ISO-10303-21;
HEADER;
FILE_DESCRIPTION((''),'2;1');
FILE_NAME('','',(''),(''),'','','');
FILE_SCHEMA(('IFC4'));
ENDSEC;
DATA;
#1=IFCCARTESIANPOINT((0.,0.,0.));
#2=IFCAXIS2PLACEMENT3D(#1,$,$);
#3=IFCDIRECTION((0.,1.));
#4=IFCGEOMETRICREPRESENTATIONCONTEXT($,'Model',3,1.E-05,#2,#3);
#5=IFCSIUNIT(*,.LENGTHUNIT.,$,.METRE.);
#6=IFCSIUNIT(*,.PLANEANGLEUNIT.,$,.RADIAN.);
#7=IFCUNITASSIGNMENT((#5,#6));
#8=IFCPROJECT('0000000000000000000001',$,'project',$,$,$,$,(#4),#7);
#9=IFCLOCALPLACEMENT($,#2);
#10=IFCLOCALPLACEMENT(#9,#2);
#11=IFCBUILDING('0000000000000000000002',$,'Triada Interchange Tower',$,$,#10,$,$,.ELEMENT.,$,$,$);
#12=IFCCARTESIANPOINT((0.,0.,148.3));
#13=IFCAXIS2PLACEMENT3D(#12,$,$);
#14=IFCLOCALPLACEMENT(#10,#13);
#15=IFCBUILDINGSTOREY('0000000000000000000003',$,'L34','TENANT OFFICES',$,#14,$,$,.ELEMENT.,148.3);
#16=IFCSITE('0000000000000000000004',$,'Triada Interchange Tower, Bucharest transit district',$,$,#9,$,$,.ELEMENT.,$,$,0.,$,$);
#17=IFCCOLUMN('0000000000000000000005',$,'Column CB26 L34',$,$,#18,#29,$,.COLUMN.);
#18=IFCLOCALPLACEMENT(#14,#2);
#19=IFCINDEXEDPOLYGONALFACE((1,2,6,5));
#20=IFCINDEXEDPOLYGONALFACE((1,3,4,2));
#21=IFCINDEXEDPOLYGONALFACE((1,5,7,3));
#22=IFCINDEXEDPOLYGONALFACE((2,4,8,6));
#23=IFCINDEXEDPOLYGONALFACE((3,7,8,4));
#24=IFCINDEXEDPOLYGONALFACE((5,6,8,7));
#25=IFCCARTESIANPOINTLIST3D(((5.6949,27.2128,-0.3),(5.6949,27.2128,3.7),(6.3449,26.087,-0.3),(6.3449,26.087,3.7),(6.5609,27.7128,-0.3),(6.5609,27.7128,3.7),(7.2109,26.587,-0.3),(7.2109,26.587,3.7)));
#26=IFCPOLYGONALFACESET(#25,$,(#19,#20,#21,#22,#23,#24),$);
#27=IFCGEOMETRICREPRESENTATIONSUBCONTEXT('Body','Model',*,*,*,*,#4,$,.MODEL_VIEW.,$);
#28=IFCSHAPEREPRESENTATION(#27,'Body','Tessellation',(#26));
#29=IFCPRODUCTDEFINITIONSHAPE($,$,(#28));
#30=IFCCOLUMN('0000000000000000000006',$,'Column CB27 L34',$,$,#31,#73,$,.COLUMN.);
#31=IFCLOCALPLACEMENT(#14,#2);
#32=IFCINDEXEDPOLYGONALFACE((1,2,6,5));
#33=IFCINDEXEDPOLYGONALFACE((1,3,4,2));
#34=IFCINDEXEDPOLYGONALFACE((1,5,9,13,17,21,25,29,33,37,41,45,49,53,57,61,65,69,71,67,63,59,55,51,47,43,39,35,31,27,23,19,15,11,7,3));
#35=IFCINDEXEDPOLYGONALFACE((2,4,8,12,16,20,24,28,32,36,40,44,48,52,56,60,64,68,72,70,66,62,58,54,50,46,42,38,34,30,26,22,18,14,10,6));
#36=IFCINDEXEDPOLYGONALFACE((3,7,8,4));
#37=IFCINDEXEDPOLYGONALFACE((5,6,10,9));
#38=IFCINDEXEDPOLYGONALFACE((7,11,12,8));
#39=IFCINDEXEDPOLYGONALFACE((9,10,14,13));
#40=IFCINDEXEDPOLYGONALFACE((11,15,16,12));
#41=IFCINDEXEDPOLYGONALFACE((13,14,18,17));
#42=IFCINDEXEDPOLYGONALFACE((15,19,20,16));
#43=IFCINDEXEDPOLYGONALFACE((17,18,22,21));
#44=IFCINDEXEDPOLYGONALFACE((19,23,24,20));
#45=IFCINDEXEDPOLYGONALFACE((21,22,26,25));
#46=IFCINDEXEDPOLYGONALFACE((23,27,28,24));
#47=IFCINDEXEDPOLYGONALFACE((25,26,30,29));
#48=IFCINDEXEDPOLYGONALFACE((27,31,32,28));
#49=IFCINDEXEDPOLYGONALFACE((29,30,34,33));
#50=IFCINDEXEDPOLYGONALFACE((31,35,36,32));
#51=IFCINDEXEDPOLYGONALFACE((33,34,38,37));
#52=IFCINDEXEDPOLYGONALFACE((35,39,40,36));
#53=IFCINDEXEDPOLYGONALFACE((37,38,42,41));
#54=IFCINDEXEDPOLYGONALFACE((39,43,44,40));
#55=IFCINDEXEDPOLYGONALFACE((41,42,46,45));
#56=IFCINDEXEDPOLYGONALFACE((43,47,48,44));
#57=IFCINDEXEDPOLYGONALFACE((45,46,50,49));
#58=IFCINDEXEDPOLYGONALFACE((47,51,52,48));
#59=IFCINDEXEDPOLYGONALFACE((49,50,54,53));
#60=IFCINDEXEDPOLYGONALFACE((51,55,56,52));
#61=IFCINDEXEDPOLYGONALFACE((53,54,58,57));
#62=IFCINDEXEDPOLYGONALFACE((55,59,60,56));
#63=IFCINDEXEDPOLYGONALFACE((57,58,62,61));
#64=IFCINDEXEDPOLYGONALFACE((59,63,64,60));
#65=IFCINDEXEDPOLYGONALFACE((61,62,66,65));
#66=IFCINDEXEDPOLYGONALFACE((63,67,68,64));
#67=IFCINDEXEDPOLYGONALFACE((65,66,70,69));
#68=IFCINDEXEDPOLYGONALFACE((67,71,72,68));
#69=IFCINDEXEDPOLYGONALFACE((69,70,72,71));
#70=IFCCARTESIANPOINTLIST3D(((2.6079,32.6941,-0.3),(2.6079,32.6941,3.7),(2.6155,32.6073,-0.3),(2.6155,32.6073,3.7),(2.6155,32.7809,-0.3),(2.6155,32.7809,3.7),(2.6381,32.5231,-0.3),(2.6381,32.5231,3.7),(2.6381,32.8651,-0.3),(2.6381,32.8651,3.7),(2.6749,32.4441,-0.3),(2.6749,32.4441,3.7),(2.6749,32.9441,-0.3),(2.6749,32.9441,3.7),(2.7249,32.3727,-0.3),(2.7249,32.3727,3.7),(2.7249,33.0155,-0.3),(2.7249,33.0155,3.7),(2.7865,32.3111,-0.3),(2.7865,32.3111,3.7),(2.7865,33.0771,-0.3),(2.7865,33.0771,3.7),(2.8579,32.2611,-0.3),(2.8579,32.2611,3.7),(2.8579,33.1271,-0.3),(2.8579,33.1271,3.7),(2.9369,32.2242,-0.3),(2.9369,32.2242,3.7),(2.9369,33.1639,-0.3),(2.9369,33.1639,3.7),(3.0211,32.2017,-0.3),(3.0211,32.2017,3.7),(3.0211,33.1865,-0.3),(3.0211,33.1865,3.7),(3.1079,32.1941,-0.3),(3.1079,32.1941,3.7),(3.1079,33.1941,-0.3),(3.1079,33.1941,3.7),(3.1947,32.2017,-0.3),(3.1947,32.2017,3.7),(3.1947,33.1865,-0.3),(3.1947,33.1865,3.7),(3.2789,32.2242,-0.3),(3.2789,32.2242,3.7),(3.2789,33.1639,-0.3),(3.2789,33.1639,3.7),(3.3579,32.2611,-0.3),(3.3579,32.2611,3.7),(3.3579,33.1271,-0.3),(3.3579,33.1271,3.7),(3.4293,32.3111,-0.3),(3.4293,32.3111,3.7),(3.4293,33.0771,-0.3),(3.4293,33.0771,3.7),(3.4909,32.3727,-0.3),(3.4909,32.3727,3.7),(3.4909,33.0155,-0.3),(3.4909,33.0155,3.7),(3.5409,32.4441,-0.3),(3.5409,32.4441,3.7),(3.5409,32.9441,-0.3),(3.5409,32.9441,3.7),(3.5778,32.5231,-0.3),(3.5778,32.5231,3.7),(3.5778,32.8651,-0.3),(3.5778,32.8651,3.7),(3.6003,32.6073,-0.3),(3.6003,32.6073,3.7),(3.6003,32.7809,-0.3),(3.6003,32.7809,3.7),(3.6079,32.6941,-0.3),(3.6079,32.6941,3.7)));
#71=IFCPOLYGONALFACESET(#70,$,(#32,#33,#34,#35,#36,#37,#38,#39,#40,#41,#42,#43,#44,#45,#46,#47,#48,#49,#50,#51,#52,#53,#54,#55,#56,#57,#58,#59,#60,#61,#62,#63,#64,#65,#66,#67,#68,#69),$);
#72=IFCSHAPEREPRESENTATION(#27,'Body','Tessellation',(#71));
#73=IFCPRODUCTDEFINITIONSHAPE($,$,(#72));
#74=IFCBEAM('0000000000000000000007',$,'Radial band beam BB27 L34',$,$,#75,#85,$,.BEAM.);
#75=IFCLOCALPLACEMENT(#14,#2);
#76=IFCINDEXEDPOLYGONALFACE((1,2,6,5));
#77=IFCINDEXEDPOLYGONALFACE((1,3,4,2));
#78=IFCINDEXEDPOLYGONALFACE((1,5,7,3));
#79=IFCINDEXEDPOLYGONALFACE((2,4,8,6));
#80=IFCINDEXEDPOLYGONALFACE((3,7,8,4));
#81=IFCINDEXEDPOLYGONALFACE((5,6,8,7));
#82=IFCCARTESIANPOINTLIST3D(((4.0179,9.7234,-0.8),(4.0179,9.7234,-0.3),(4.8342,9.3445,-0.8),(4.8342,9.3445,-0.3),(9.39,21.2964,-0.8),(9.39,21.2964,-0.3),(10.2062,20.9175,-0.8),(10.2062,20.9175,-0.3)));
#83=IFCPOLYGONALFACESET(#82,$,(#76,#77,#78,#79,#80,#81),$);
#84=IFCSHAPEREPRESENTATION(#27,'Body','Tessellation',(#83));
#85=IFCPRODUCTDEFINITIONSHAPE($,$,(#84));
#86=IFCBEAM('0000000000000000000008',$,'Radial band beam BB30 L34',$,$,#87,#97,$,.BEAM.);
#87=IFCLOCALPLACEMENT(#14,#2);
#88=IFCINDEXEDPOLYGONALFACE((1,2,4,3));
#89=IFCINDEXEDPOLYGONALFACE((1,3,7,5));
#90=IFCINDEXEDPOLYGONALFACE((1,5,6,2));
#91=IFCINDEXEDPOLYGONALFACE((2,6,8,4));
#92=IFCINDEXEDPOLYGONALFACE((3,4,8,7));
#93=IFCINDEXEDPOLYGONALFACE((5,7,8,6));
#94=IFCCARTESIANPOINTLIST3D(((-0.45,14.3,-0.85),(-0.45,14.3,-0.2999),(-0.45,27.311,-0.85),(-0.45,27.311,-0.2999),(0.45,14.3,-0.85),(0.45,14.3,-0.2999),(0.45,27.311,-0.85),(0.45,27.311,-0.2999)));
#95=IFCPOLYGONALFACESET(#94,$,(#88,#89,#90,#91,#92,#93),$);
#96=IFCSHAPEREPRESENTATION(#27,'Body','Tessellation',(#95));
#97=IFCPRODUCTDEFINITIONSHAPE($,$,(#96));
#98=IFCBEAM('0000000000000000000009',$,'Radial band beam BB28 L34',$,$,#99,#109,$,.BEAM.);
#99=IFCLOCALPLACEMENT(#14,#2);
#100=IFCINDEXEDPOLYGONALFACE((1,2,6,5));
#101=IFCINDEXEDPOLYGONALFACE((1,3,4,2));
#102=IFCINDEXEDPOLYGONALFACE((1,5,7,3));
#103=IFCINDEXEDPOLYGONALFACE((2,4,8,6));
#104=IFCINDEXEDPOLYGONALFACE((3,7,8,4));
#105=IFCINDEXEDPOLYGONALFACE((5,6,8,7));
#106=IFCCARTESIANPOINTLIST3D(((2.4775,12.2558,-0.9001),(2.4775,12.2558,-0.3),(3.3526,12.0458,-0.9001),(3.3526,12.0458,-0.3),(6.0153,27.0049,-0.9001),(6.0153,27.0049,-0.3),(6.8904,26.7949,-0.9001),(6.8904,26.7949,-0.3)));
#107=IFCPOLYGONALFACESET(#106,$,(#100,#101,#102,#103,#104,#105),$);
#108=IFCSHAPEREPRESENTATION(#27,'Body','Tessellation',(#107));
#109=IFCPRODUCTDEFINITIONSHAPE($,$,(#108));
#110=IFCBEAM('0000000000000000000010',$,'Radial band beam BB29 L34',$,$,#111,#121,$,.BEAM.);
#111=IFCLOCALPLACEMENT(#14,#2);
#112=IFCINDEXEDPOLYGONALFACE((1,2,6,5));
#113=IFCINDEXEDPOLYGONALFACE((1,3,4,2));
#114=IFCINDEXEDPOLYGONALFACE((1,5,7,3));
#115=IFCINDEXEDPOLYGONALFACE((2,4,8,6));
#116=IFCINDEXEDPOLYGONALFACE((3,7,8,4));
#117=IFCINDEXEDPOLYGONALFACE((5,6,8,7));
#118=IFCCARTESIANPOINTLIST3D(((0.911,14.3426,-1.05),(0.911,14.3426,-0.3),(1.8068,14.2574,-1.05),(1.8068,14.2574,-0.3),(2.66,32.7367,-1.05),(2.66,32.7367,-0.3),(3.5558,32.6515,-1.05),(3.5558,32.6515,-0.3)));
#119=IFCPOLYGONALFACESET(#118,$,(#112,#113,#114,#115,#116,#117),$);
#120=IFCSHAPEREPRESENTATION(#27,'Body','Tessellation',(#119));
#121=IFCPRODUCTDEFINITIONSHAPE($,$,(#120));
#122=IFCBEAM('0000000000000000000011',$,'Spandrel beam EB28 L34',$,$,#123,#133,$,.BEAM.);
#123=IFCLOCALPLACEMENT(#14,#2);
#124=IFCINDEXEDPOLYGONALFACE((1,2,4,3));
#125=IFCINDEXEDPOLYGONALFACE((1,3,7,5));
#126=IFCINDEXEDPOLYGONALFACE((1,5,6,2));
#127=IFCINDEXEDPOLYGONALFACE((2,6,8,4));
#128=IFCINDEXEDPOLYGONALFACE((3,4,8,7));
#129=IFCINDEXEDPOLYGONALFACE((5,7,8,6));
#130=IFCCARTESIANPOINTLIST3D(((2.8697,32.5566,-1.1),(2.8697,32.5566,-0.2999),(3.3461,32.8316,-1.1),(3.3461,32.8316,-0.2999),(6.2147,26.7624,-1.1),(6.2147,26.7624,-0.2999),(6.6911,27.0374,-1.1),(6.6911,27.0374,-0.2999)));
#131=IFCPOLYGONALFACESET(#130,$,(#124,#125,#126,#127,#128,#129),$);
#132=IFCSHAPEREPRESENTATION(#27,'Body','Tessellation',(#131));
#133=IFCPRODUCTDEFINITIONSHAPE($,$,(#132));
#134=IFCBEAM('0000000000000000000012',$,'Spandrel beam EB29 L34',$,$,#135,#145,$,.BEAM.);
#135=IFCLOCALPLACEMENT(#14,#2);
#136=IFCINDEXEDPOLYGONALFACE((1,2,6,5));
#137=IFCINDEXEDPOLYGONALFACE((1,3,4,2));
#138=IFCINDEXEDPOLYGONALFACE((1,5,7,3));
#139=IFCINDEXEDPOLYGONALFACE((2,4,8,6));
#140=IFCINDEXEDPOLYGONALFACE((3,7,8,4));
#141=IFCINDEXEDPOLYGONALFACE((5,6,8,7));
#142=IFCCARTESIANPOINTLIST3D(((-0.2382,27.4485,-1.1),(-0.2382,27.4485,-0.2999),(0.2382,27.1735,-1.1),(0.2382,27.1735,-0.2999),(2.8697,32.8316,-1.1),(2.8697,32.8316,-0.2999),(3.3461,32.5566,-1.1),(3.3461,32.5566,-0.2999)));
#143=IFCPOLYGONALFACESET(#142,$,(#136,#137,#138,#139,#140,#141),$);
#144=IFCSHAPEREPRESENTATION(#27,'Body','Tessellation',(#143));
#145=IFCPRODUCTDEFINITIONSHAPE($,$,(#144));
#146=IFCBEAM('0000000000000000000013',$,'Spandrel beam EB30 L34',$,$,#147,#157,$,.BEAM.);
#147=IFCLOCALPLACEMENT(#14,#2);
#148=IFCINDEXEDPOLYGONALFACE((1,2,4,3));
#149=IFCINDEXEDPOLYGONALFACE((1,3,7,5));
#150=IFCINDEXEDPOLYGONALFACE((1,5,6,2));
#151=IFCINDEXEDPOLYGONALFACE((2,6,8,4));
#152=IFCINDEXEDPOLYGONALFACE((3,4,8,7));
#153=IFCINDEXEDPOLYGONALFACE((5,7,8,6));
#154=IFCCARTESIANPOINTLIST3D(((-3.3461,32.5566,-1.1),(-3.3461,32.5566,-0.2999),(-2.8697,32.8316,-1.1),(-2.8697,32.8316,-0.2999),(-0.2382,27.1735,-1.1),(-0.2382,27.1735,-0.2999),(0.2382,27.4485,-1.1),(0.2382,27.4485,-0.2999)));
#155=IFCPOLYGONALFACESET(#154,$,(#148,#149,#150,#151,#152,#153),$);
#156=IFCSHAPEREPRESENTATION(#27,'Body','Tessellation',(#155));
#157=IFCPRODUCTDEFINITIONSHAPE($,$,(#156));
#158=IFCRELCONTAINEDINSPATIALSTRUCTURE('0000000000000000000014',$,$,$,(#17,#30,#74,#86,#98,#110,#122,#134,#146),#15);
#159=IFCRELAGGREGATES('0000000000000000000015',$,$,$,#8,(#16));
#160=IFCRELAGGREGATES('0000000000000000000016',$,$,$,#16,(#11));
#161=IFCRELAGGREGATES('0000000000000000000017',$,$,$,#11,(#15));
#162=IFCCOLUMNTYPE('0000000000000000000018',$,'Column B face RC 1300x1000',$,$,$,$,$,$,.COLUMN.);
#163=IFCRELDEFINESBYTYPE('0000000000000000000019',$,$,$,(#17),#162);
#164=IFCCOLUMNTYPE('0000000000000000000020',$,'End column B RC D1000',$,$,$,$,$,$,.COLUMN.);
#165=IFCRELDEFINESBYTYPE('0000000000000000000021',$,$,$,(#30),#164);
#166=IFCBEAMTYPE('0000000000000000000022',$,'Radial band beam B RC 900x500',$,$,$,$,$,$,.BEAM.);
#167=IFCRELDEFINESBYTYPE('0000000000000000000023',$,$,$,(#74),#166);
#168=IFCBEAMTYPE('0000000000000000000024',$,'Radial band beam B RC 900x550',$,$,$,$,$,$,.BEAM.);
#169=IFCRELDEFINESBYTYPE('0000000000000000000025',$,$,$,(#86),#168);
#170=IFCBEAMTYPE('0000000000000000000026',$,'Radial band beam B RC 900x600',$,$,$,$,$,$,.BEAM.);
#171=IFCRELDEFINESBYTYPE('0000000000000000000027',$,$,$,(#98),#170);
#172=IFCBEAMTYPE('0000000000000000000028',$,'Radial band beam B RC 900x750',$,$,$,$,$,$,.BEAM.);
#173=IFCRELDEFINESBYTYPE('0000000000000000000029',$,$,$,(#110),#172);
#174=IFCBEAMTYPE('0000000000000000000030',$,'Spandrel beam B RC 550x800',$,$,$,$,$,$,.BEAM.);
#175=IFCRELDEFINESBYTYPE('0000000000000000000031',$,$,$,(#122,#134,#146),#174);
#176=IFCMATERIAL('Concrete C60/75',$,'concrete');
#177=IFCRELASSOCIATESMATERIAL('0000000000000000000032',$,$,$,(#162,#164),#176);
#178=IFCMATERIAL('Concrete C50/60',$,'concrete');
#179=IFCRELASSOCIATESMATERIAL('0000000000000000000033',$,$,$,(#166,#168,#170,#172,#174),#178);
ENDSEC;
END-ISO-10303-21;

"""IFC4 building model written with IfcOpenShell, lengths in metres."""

from ifc_helpers import new_model, si_unit, direction, frame, origin, origin_2d, place, context, subcontext, project, spatial, rectangle, circle, extrude, material, material_profile, profile_set, type_object, element, save


model = new_model("IFC4")

# Units and contexts
model_context = context("Model", 3, precision=1e-05, world=origin(), true_north=direction((0.0, 1.0)))
body_context = subcontext(model_context, "Body", "Model", "MODEL_VIEW")
ifc_project = project(units=[si_unit("LENGTHUNIT", "METRE"), si_unit("PLANEANGLEUNIT", "RADIAN")], contexts=[model_context])

# Site, building, storey
site_placement = place(None, origin())
site = spatial("IfcSite", under=ifc_project, at=site_placement, Name="Triada Interchange Tower, Bucharest transit district", CompositionType="ELEMENT", RefElevation=0.0)
building_placement = place(site_placement, origin())
building = spatial("IfcBuilding", under=site, at=building_placement, Name="Triada Interchange Tower", CompositionType="ELEMENT")
storey_placement = place(building_placement, frame((0.0, 0.0, 148.3)))
storey = spatial("IfcBuildingStorey", under=building, at=storey_placement, Name="L34", Description="TENANT OFFICES", CompositionType="ELEMENT", Elevation=148.3)

# Columns
ifc_material_1 = material(Name="Concrete C60/75", Category="concrete")
ifc_material_profile_1 = material_profile(ifc_material_1, rectangle(XDim=1.3, YDim=1.0, at=origin_2d()), Name="RC 1300x1000")
ifc_profile_set_1 = profile_set([ifc_material_profile_1], Name="Concrete C60/75")
column_type_1 = type_object("IfcColumnType", Name="Column B face RC 1300x1000", PredefinedType="COLUMN", material=ifc_profile_set_1)
column_1_placement = place(storey_placement, frame((6.4529, 26.8999, -0.3), z_axis=(0.0, 0.0, 1.0), x_axis=(-0.5, 0.866025, 0.0)))
element("IfcColumn", 1, at=column_1_placement, inside=storey, type_object=column_type_1, Name="Column CB26 L34", PredefinedType="COLUMN", context=body_context, shape_type="SweptSolid", body=[
    extrude(rectangle(XDim=1.3, YDim=1.0, at=origin_2d()), origin(), (0.0, 0.0, 1.0), 4.0),
])
ifc_material_profile_2 = material_profile(ifc_material_1, circle(Radius=0.5, at=origin_2d()), Name="RC D1000")
ifc_profile_set_2 = profile_set([ifc_material_profile_2], Name="Concrete C60/75")
column_type_2 = type_object("IfcColumnType", Name="End column B RC D1000", PredefinedType="COLUMN", material=ifc_profile_set_2)
column_2_placement = place(storey_placement, frame((3.1079, 32.6941, -0.3), z_axis=(0.0, 0.0, 1.0), x_axis=(-0.5, 0.866025, 0.0)))
element("IfcColumn", 2, at=column_2_placement, inside=storey, type_object=column_type_2, Name="Column CB27 L34", PredefinedType="COLUMN", context=body_context, shape_type="SweptSolid", body=[
    extrude(circle(Radius=0.5, at=origin_2d()), origin(), (0.0, 0.0, 1.0), 4.0),
])

# Beams
ifc_material_2 = material(Name="Concrete C50/60", Category="concrete")
ifc_material_profile_3 = material_profile(ifc_material_2, rectangle(XDim=0.8999, YDim=0.5, at=origin_2d()), Name="RC 900x500")
ifc_profile_set_3 = profile_set([ifc_material_profile_3], Name="Concrete C50/60")
beam_type_1 = type_object("IfcBeamType", Name="Radial band beam B RC 900x500", PredefinedType="BEAM", material=ifc_profile_set_3)
beam_1_placement = place(storey_placement, frame((9.7981, 21.1069, -0.55), z_axis=(-0.42104, -0.907042, 0.0), x_axis=(0.907042, -0.42104, 0.0)))
element("IfcBeam", 3, at=beam_1_placement, inside=storey, type_object=beam_type_1, Name="Radial band beam BB27 L34", PredefinedType="BEAM", context=body_context, shape_type="SweptSolid", body=[
    extrude(rectangle(XDim=0.8999, YDim=0.5, at=origin_2d()), origin(), (0.0, 0.0, 1.0), 12.759),
])
ifc_material_profile_4 = material_profile(ifc_material_2, rectangle(XDim=0.8999, YDim=0.55, at=origin_2d()), Name="RC 900x550")
ifc_profile_set_4 = profile_set([ifc_material_profile_4], Name="Concrete C50/60")
beam_type_2 = type_object("IfcBeamType", Name="Radial band beam B RC 900x550", PredefinedType="BEAM", material=ifc_profile_set_4)
beam_2_placement = place(storey_placement, frame((0.0, 27.311, -0.575), z_axis=(0.0, -1.0, 0.0), x_axis=(1.0, 0.0, 0.0)))
element("IfcBeam", 4, at=beam_2_placement, inside=storey, type_object=beam_type_2, Name="Radial band beam BB30 L34", PredefinedType="BEAM", context=body_context, shape_type="SweptSolid", body=[
    extrude(rectangle(XDim=0.8999, YDim=0.55, at=origin_2d()), origin(), (0.0, 0.0, 1.0), 13.011),
])
ifc_material_profile_5 = material_profile(ifc_material_2, rectangle(XDim=0.8999, YDim=0.6001, at=origin_2d()), Name="RC 900x600")
ifc_profile_set_5 = profile_set([ifc_material_profile_5], Name="Concrete C50/60")
beam_type_3 = type_object("IfcBeamType", Name="Radial band beam B RC 900x600", PredefinedType="BEAM", material=ifc_profile_set_5)
beam_3_placement = place(storey_placement, frame((6.4529, 26.8999, -0.6001), z_axis=(-0.233253, -0.972416, 0.0), x_axis=(0.972416, -0.233253, 0.0)))
element("IfcBeam", 5, at=beam_3_placement, inside=storey, type_object=beam_type_3, Name="Radial band beam BB28 L34", PredefinedType="BEAM", context=body_context, shape_type="SweptSolid", body=[
    extrude(rectangle(XDim=0.8999, YDim=0.6001, at=origin_2d()), origin(), (0.0, 0.0, 1.0), 15.1675),
])
ifc_material_profile_6 = material_profile(ifc_material_2, rectangle(XDim=0.8999, YDim=0.75, at=origin_2d()), Name="RC 900x750")
ifc_profile_set_6 = profile_set([ifc_material_profile_6], Name="Concrete C50/60")
beam_type_4 = type_object("IfcBeamType", Name="Radial band beam B RC 900x750", PredefinedType="BEAM", material=ifc_profile_set_6)
beam_4_placement = place(storey_placement, frame((3.1079, 32.6941, -0.675), z_axis=(-0.094659, -0.99551, 0.0), x_axis=(0.99551, -0.094659, 0.0)))
element("IfcBeam", 6, at=beam_4_placement, inside=storey, type_object=beam_type_4, Name="Radial band beam BB29 L34", PredefinedType="BEAM", context=body_context, shape_type="SweptSolid", body=[
    extrude(rectangle(XDim=0.8999, YDim=0.75, at=origin_2d()), origin(), (0.0, 0.0, 1.0), 18.4771),
])
ifc_material_profile_7 = material_profile(ifc_material_2, rectangle(XDim=0.55, YDim=0.8, at=origin_2d()), Name="RC 550x800")
ifc_profile_set_7 = profile_set([ifc_material_profile_7], Name="Concrete C50/60")
beam_type_5 = type_object("IfcBeamType", Name="Spandrel beam B RC 550x800", PredefinedType="BEAM", material=ifc_profile_set_7)
beam_5_placement = place(storey_placement, frame((6.4529, 26.8999, -0.7), z_axis=(-0.499966, 0.866045, 0.0), x_axis=(-0.866045, -0.499966, 0.0)))
element("IfcBeam", 7, at=beam_5_placement, inside=storey, type_object=beam_type_5, Name="Spandrel beam EB28 L34", PredefinedType="BEAM", context=body_context, shape_type="SweptSolid", body=[
    extrude(rectangle(XDim=0.55, YDim=0.8, at=origin_2d()), origin(), (0.0, 0.0, 1.0), 6.6904),
])
for number, where, z_axis, x_axis, name in (
    (8, (3.1079, 32.6941, -0.7), (-0.5, -0.866025, 0.0), (0.866025, -0.5, 0.0), "Spandrel beam EB29 L34"),
    (9, (0.0, 27.311, -0.7), (-0.5, 0.866025, 0.0), (-0.866025, -0.5, 0.0), "Spandrel beam EB30 L34"),
):
    element("IfcBeam", number, at=place(storey_placement, frame(where, z_axis=z_axis, x_axis=x_axis)), inside=storey, type_object=beam_type_5, Name=name, PredefinedType="BEAM", context=body_context, shape_type="SweptSolid", body=[
        extrude(rectangle(XDim=0.55, YDim=0.8, at=origin_2d()), origin(), (0.0, 0.0, 1.0), 6.2158),
    ])

save(model, "model.ifc")
